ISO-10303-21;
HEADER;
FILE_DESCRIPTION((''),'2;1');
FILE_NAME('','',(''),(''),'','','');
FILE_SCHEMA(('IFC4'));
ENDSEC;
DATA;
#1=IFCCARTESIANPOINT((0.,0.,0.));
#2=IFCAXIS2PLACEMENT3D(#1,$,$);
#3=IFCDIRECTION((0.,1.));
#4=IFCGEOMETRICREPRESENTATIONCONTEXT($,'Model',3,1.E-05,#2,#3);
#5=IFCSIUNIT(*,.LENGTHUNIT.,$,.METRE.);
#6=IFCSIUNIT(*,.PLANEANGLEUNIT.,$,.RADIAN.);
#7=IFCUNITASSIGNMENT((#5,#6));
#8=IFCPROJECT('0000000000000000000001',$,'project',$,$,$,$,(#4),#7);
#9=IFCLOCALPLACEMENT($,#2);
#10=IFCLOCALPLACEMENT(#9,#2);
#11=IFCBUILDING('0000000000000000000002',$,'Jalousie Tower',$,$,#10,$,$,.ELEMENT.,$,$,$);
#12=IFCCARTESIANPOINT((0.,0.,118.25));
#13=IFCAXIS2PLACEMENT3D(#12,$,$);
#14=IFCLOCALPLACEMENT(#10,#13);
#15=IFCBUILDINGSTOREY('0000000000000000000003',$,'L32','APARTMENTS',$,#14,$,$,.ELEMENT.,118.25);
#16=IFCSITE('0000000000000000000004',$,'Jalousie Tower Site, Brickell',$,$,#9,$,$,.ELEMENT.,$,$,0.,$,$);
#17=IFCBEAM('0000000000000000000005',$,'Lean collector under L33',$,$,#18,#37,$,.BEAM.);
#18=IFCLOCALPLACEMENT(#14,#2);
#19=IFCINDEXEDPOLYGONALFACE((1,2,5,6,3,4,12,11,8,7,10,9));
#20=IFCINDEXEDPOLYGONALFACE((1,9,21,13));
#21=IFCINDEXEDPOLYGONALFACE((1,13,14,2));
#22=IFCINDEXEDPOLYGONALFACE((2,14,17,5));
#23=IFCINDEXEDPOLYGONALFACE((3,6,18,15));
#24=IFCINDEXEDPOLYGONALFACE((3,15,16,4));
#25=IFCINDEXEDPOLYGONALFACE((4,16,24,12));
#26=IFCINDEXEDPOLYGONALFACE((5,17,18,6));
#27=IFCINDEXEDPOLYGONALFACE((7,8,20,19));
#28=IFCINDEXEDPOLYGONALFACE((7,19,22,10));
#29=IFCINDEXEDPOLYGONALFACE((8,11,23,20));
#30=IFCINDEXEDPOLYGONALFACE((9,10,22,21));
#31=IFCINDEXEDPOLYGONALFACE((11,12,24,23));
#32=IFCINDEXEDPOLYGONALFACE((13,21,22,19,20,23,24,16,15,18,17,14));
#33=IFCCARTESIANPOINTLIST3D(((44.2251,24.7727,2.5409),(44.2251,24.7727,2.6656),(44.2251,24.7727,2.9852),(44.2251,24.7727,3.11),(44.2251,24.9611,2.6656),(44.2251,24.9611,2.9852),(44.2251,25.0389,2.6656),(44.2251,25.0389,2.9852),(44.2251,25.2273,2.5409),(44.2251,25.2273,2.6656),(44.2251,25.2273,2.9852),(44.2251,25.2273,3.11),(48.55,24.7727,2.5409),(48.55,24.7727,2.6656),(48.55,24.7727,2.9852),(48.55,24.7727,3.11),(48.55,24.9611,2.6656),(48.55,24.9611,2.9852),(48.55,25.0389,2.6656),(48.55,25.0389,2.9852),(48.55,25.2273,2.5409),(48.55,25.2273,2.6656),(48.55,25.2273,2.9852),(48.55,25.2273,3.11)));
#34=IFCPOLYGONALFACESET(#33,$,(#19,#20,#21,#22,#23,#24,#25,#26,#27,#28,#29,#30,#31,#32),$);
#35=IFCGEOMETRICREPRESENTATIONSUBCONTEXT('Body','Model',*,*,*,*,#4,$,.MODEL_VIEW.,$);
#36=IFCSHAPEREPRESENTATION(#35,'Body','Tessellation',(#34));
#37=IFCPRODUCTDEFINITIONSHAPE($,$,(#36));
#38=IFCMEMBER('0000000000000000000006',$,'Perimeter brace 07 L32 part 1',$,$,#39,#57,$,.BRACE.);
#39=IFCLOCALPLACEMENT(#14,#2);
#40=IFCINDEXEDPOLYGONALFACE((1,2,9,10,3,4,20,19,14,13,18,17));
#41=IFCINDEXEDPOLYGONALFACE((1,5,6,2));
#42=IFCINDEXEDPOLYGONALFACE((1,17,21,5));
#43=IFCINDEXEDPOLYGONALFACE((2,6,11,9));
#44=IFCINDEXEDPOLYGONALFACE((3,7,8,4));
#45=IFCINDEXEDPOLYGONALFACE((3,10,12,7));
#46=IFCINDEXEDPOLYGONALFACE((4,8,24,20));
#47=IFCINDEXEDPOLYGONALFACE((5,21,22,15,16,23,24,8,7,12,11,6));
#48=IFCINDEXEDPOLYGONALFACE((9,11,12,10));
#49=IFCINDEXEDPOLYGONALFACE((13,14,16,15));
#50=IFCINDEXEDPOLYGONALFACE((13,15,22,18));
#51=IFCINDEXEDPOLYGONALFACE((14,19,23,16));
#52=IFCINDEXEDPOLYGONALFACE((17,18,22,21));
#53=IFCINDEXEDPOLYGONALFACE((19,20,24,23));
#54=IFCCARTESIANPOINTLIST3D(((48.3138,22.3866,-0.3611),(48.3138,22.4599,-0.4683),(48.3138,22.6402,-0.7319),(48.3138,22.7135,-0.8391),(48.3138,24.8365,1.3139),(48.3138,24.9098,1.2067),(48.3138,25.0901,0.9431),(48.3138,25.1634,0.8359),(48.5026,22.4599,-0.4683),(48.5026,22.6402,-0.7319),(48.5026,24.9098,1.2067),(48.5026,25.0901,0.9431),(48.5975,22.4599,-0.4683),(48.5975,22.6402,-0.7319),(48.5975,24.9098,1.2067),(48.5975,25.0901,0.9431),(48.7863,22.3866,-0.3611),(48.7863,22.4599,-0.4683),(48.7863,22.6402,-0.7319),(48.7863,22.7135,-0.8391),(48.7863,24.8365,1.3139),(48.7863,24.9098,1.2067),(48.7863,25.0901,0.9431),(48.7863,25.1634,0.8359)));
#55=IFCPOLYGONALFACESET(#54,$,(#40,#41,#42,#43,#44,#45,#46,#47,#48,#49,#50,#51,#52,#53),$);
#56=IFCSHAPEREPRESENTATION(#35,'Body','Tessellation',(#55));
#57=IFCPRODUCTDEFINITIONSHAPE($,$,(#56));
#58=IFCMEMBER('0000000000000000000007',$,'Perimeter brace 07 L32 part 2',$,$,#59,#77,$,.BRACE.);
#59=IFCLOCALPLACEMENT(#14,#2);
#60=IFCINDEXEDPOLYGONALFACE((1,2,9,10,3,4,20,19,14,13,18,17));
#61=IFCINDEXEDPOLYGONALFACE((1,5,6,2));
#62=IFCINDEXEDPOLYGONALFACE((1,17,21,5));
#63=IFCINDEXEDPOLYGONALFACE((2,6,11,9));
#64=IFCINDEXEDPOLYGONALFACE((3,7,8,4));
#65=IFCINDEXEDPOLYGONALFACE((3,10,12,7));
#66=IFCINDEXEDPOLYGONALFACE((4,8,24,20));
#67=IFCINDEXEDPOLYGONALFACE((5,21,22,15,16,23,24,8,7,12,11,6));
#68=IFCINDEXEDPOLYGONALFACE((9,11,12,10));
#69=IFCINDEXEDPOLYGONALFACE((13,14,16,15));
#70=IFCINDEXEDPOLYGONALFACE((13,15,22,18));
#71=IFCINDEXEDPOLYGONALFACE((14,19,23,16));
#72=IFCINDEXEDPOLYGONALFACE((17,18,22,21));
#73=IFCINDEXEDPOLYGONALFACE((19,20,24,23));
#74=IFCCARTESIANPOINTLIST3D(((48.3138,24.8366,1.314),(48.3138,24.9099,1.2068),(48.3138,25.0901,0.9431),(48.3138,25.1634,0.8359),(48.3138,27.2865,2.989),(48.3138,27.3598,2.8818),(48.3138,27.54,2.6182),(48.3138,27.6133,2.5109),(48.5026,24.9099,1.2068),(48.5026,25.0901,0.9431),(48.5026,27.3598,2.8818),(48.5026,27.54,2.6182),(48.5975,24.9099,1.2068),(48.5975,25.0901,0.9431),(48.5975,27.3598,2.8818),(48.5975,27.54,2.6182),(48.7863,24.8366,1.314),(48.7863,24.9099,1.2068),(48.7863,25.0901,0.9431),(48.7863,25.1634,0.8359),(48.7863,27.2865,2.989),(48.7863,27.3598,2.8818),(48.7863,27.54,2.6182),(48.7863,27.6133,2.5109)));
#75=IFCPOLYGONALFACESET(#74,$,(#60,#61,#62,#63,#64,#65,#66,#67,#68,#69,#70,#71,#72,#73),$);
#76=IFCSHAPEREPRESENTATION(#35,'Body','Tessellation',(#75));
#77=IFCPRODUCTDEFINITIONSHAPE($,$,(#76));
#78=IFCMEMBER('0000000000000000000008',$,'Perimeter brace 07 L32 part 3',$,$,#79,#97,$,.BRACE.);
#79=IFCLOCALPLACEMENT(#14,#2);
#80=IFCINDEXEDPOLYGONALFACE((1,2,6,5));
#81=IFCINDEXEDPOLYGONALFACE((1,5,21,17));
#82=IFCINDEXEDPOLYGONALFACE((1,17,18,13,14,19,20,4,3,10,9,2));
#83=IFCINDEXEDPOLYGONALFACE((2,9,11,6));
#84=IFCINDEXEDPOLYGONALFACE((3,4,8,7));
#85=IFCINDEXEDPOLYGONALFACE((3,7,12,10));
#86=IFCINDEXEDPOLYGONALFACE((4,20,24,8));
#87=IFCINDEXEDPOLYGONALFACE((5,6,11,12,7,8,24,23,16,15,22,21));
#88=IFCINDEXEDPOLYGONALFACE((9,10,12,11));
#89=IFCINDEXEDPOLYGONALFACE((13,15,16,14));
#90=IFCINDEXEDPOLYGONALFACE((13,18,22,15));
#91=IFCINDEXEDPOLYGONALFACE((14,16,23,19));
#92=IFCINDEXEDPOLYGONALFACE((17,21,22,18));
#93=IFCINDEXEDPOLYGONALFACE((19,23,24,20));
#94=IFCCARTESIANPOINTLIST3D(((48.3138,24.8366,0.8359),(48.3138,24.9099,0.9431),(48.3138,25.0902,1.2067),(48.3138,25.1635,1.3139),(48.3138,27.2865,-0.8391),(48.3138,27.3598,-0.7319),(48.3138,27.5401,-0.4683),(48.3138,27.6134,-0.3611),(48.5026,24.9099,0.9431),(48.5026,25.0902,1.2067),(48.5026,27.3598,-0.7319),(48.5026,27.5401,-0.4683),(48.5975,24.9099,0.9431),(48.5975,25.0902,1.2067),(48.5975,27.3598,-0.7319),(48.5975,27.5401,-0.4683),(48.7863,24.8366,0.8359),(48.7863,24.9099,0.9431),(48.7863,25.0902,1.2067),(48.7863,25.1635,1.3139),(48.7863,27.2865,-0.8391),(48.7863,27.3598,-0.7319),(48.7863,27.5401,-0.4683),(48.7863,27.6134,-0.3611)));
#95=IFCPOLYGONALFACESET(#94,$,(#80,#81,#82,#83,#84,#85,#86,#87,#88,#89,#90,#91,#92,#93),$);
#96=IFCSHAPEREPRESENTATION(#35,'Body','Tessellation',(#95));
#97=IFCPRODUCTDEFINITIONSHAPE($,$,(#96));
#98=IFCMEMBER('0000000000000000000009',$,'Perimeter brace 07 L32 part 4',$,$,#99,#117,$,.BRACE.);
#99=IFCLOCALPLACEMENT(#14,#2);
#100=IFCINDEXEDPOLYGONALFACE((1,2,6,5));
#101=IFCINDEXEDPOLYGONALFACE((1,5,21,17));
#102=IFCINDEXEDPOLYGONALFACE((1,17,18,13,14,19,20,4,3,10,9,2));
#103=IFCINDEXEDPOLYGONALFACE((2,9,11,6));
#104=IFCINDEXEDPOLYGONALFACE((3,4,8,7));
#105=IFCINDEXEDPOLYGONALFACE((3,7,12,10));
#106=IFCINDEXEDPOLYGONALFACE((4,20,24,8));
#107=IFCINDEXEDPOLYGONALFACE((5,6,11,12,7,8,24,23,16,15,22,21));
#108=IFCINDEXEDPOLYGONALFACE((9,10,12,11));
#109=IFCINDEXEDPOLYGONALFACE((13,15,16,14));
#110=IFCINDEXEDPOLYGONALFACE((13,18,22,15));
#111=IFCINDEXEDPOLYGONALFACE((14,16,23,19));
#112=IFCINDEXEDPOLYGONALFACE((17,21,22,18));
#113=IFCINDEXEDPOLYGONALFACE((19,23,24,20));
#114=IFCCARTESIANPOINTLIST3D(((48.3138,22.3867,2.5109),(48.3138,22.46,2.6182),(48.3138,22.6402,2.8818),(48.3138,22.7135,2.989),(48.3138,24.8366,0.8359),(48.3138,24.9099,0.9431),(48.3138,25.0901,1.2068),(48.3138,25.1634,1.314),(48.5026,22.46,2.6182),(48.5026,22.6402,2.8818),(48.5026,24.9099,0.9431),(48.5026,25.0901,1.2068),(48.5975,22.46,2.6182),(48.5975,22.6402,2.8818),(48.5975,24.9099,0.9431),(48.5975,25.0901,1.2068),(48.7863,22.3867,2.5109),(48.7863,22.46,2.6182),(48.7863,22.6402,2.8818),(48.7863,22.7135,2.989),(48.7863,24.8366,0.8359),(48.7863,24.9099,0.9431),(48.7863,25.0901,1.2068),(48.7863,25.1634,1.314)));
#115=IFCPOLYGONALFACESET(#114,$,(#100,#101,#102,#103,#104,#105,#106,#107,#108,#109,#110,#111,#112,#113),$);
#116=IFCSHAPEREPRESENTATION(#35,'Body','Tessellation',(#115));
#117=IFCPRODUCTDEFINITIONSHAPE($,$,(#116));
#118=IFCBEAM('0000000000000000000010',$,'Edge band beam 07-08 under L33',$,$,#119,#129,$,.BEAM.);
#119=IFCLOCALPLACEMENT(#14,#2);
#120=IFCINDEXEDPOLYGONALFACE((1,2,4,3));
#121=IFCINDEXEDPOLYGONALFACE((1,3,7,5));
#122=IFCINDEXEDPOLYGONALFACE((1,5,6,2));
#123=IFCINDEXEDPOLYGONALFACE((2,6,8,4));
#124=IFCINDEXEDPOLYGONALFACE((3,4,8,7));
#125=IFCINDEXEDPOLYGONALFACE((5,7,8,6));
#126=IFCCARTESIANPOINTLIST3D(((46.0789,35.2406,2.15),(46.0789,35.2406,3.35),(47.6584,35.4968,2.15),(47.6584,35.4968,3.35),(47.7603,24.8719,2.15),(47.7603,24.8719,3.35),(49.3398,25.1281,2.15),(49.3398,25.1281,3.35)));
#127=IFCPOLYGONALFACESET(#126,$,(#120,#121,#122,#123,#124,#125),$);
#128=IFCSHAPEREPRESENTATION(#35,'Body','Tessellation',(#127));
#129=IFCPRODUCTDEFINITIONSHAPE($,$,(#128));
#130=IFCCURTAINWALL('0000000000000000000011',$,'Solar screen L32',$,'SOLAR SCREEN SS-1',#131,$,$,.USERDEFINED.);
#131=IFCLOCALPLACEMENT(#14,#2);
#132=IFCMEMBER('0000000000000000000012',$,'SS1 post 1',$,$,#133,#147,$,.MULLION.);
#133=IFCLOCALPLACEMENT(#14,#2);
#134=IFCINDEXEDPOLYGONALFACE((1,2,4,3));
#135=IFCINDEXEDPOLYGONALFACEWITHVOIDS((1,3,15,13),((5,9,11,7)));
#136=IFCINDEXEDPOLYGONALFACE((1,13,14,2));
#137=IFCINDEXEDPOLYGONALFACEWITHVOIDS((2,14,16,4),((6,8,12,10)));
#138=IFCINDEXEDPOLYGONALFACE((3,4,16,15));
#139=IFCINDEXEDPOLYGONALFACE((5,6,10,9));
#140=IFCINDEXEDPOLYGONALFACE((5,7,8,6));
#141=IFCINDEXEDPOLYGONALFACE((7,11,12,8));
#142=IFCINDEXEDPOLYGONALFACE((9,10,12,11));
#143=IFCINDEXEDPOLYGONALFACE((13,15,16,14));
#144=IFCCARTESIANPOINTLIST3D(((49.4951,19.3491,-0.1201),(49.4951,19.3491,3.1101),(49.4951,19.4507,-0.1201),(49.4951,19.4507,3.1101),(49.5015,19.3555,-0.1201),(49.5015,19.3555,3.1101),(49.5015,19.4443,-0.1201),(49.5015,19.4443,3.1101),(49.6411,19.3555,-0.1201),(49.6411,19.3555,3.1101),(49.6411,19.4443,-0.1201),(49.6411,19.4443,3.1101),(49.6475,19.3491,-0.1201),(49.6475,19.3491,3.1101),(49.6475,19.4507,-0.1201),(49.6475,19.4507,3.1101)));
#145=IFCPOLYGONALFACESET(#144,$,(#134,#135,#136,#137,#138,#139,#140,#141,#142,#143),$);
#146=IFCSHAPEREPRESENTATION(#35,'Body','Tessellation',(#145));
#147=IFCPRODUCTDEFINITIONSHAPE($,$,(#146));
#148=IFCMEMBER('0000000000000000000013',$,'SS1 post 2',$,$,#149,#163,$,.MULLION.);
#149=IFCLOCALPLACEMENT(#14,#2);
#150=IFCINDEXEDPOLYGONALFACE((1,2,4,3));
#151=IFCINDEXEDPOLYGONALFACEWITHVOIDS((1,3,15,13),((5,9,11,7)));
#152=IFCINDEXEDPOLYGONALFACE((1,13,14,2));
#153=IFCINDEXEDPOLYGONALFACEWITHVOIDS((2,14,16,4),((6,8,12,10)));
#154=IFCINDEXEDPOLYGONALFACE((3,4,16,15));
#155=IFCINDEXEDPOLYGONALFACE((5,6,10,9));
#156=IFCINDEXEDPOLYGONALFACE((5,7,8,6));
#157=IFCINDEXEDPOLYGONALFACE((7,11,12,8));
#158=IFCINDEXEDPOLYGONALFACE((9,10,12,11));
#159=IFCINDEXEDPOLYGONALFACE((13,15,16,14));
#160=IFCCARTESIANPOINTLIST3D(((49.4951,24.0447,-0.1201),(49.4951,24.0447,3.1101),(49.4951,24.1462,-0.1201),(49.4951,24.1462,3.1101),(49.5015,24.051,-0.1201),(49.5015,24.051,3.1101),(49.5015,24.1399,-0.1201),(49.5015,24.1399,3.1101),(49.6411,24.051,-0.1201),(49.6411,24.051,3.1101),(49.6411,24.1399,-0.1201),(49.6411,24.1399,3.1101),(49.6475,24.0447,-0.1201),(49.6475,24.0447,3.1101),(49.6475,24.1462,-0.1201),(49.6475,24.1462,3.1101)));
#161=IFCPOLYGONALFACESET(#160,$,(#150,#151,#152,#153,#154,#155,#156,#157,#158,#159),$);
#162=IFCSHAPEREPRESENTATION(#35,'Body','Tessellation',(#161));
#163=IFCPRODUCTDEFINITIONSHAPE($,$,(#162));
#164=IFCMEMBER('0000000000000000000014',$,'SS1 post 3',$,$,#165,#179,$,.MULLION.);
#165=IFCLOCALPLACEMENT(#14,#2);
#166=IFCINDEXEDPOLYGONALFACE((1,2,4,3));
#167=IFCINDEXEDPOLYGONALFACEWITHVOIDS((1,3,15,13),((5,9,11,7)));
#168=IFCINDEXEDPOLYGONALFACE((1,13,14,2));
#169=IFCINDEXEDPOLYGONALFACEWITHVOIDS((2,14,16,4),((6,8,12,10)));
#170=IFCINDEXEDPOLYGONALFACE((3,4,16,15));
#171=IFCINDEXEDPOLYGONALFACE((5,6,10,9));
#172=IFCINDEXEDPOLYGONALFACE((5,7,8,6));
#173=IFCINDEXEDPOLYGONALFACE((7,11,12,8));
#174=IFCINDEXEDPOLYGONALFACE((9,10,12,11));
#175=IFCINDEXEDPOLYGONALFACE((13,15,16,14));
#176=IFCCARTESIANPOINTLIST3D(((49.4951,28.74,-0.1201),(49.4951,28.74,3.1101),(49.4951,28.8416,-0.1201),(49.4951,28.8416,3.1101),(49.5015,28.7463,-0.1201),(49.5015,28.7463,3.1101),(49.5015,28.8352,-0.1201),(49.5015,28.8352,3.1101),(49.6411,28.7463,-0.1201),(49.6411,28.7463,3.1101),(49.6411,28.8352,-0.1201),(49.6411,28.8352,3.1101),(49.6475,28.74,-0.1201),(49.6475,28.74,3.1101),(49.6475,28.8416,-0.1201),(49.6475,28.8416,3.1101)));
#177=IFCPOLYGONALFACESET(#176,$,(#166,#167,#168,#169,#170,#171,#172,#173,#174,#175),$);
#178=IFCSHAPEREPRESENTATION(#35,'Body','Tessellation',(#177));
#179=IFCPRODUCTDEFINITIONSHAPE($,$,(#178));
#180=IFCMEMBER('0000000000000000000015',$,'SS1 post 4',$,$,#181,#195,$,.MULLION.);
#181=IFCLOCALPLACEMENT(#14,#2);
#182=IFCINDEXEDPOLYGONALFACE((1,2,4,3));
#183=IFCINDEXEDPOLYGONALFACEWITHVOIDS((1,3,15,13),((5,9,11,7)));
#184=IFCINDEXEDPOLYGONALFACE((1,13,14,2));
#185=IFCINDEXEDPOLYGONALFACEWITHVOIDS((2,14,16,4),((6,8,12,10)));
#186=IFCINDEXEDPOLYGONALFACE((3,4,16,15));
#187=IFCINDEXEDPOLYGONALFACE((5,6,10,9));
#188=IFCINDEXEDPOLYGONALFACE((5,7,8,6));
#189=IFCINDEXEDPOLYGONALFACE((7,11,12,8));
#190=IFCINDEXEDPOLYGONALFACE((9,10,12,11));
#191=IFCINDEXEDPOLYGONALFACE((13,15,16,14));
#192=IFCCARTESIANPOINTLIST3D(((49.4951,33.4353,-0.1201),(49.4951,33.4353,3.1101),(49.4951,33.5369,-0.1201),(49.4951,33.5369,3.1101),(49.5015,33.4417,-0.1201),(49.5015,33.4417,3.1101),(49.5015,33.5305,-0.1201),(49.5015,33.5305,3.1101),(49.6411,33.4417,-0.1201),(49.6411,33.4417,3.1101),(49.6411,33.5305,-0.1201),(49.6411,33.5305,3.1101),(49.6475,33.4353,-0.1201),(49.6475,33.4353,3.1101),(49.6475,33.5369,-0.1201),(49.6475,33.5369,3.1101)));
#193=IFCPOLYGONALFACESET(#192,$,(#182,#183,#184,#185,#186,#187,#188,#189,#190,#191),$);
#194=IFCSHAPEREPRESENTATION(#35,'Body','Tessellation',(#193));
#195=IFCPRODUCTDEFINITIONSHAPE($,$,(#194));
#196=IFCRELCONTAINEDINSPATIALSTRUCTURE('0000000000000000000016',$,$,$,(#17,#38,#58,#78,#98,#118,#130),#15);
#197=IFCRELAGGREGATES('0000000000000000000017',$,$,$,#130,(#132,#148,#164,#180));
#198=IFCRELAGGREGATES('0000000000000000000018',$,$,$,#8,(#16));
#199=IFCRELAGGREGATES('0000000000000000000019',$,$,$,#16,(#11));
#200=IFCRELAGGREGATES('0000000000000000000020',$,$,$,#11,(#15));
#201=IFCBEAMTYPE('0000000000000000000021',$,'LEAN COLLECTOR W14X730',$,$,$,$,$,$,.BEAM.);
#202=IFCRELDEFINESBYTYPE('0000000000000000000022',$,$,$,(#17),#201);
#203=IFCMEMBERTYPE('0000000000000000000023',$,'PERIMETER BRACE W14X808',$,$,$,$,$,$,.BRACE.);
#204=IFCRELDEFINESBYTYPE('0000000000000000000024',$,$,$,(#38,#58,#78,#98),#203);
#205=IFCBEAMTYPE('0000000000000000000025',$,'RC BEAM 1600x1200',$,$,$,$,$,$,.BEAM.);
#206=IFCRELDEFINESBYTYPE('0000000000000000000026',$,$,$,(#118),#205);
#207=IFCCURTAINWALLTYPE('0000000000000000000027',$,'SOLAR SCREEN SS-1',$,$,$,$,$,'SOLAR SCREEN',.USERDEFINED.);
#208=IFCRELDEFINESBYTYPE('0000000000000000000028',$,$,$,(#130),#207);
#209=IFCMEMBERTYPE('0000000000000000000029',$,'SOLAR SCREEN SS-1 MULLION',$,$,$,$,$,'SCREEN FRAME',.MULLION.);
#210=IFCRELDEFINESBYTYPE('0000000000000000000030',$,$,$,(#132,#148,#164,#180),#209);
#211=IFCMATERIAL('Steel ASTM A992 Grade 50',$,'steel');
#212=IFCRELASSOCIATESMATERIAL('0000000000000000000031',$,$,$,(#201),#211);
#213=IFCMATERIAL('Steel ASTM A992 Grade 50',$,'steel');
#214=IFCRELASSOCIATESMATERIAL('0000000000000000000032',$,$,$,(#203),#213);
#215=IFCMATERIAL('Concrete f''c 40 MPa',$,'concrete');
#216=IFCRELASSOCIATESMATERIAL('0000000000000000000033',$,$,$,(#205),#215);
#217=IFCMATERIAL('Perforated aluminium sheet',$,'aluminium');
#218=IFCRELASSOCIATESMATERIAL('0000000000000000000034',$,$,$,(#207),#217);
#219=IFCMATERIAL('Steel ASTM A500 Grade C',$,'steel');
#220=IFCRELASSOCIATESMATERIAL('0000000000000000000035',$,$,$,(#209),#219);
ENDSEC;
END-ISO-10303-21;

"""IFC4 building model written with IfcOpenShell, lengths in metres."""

from ifc_helpers import new_model, si_unit, direction, frame, origin, origin_2d, place, context, subcontext, project, spatial, rectangle, hollow_rectangle, i_section, extrude, material, material_profile, profile_set, type_object, element, aggregate, save


model = new_model("IFC4")

# Units and contexts
model_context = context("Model", 3, precision=1e-05, world=origin(), true_north=direction((0.0, 1.0)))
body_context = subcontext(model_context, "Body", "Model", "MODEL_VIEW")
ifc_project = project(units=[si_unit("LENGTHUNIT", "METRE"), si_unit("PLANEANGLEUNIT", "RADIAN")], contexts=[model_context])

# Site, building, storey
site_placement = place(None, origin())
site = spatial("IfcSite", under=ifc_project, at=site_placement, Name="Jalousie Tower Site, Brickell", CompositionType="ELEMENT", RefElevation=0.0)
building_placement = place(site_placement, origin())
building = spatial("IfcBuilding", under=site, at=building_placement, Name="Jalousie Tower", CompositionType="ELEMENT")
storey_placement = place(building_placement, frame((0.0, 0.0, 118.25)))
storey = spatial("IfcBuildingStorey", under=building, at=storey_placement, Name="L32", Description="APARTMENTS", CompositionType="ELEMENT", Elevation=118.25)

# Beam
ifc_material_1 = material(Name="Steel ASTM A992 Grade 50", Category="steel")
ifc_material_profile_1 = material_profile(ifc_material_1, i_section(OverallWidth=0.4546, OverallDepth=0.5691, WebThickness=0.0779, FlangeThickness=0.1248, at=origin_2d()), Name="W14X730")
ifc_profile_set_1 = profile_set([ifc_material_profile_1], Name="Steel ASTM A992 Grade 50")
beam_type_1 = type_object("IfcBeamType", Name="LEAN COLLECTOR W14X730", PredefinedType="BEAM", material=ifc_profile_set_1)
beam_1_placement = place(storey_placement, frame((48.55, 25.0, 2.8254), z_axis=(-1.0, 0.0, 0.0), x_axis=(0.0, -1.0, 0.0)))
element("IfcBeam", 1, at=beam_1_placement, inside=storey, type_object=beam_type_1, Name="Lean collector under L33", PredefinedType="BEAM", context=body_context, shape_type="SweptSolid", body=[
    extrude(i_section(OverallWidth=0.4546, OverallDepth=0.5691, WebThickness=0.0779, FlangeThickness=0.1248, at=origin_2d()), origin(), (0.0, 0.0, 1.0), 4.325),
])

# Members
ifc_material_2 = material(Name="Steel ASTM A992 Grade 50", Category="steel")
ifc_material_profile_2 = material_profile(ifc_material_2, i_section(OverallWidth=0.4724, OverallDepth=0.5791, WebThickness=0.095, FlangeThickness=0.1299, at=origin_2d()), Name="W14X808")
ifc_profile_set_2 = profile_set([ifc_material_profile_2], Name="Steel ASTM A992 Grade 50")
member_type_1 = type_object("IfcMemberType", Name="PERIMETER BRACE W14X808", PredefinedType="BRACE", material=ifc_profile_set_2)
for number, where, z_axis, x_axis, name in (
    (2, (48.55, 22.55, -0.6001), (0.0, 0.825501, 0.564401), (-1.0, 0.0, 0.0), "Perimeter brace 07 L32 part 1"),
    (3, (48.55, 25.0, 1.075), (0.0, 0.825501, 0.564401), (-1.0, 0.0, 0.0), "Perimeter brace 07 L32 part 2"),
    (4, (48.55, 27.45, -0.6001), (0.0, -0.825501, 0.564401), (1.0, 0.0, 0.0), "Perimeter brace 07 L32 part 3"),
    (5, (48.55, 25.0, 1.075), (0.0, -0.825501, 0.564401), (1.0, 0.0, 0.0), "Perimeter brace 07 L32 part 4"),
):
    element("IfcMember", number, at=place(storey_placement, frame(where, z_axis=z_axis, x_axis=x_axis)), inside=storey, type_object=member_type_1, Name=name, PredefinedType="BRACE", context=body_context, shape_type="SweptSolid", body=[
        extrude(i_section(OverallWidth=0.4724, OverallDepth=0.5791, WebThickness=0.095, FlangeThickness=0.1299, at=origin_2d()), origin(), (0.0, 0.0, 1.0), 2.9678),
    ])

# Beam
ifc_material_3 = material(Name="Concrete f'c 40 MPa", Category="concrete")
ifc_material_profile_3 = material_profile(ifc_material_3, rectangle(XDim=1.6001, YDim=1.2, at=origin_2d()), Name="RC 1600x1200")
ifc_profile_set_3 = profile_set([ifc_material_profile_3], Name="Concrete f'c 40 MPa")
beam_type_2 = type_object("IfcBeamType", Name="RC BEAM 1600x1200", PredefinedType="BEAM", material=ifc_profile_set_3)
beam_2_placement = place(storey_placement, frame((48.55, 25.0, 2.75), z_axis=(-0.160071, 0.987106, 0.0), x_axis=(-0.987106, -0.160071, 0.0)))
element("IfcBeam", 6, at=beam_2_placement, inside=storey, type_object=beam_type_2, Name="Edge band beam 07-08 under L33", PredefinedType="BEAM", context=body_context, shape_type="SweptSolid", body=[
    extrude(rectangle(XDim=1.6001, YDim=1.2, at=origin_2d()), origin(), (0.0, 0.0, 1.0), 10.5042),
])

# Curtain wall, members
ifc_material_4 = material(Name="Perforated aluminium sheet", Category="aluminium")
curtain_wall_type = type_object("IfcCurtainWallType", Name="SOLAR SCREEN SS-1", ElementType="SOLAR SCREEN", PredefinedType="USERDEFINED", material=ifc_material_4)
curtain_wall_placement = place(storey_placement, origin())
curtain_wall = element("IfcCurtainWall", 7, at=curtain_wall_placement, inside=storey, type_object=curtain_wall_type, Name="Solar screen L32", ObjectType="SOLAR SCREEN SS-1", PredefinedType="USERDEFINED")
ifc_material_5 = material(Name="Steel ASTM A500 Grade C", Category="steel")
ifc_material_profile_4 = material_profile(ifc_material_5, hollow_rectangle(XDim=0.1016, YDim=0.1523, WallThickness=0.0063, at=origin_2d()), Name="HSS6X4X1/4")
ifc_profile_set_4 = profile_set([ifc_material_profile_4], Name="Steel ASTM A500 Grade C")
member_type_2 = type_object("IfcMemberType", Name="SOLAR SCREEN SS-1 MULLION", ElementType="SCREEN FRAME", PredefinedType="MULLION", material=ifc_profile_set_4)
member_1_placement = place(storey_placement, frame((49.5713, 19.3999, -0.1201), z_axis=(0.0, 0.0, 1.0), x_axis=(0.0, 1.0, 0.0)))
member_1 = element("IfcMember", 8, at=member_1_placement, type_object=member_type_2, Name="SS1 post 1", PredefinedType="MULLION", context=body_context, shape_type="SweptSolid", body=[
    extrude(hollow_rectangle(XDim=0.1016, YDim=0.1523, WallThickness=0.0063, at=origin_2d()), origin(), (0.0, 0.0, 1.0), 3.2302),
])
member_2_placement = place(storey_placement, frame((49.5713, 24.0955, -0.1201), z_axis=(0.0, 0.0, 1.0), x_axis=(0.0, 1.0, 0.0)))
member_2 = element("IfcMember", 9, at=member_2_placement, type_object=member_type_2, Name="SS1 post 2", PredefinedType="MULLION", context=body_context, shape_type="SweptSolid", body=[
    extrude(hollow_rectangle(XDim=0.1016, YDim=0.1523, WallThickness=0.0063, at=origin_2d()), origin(), (0.0, 0.0, 1.0), 3.2302),
])
member_3_placement = place(storey_placement, frame((49.5713, 28.7908, -0.1201), z_axis=(0.0, 0.0, 1.0), x_axis=(0.0, 1.0, 0.0)))
member_3 = element("IfcMember", 10, at=member_3_placement, type_object=member_type_2, Name="SS1 post 3", PredefinedType="MULLION", context=body_context, shape_type="SweptSolid", body=[
    extrude(hollow_rectangle(XDim=0.1016, YDim=0.1523, WallThickness=0.0063, at=origin_2d()), origin(), (0.0, 0.0, 1.0), 3.2302),
])
member_4_placement = place(storey_placement, frame((49.5713, 33.4861, -0.1201), z_axis=(0.0, 0.0, 1.0), x_axis=(0.0, 1.0, 0.0)))
member_4 = element("IfcMember", 11, at=member_4_placement, type_object=member_type_2, Name="SS1 post 4", PredefinedType="MULLION", context=body_context, shape_type="SweptSolid", body=[
    extrude(hollow_rectangle(XDim=0.1016, YDim=0.1523, WallThickness=0.0063, at=origin_2d()), origin(), (0.0, 0.0, 1.0), 3.2302),
])
aggregate(curtain_wall, [member_1, member_2, member_3, member_4])

save(model, "model.ifc")
